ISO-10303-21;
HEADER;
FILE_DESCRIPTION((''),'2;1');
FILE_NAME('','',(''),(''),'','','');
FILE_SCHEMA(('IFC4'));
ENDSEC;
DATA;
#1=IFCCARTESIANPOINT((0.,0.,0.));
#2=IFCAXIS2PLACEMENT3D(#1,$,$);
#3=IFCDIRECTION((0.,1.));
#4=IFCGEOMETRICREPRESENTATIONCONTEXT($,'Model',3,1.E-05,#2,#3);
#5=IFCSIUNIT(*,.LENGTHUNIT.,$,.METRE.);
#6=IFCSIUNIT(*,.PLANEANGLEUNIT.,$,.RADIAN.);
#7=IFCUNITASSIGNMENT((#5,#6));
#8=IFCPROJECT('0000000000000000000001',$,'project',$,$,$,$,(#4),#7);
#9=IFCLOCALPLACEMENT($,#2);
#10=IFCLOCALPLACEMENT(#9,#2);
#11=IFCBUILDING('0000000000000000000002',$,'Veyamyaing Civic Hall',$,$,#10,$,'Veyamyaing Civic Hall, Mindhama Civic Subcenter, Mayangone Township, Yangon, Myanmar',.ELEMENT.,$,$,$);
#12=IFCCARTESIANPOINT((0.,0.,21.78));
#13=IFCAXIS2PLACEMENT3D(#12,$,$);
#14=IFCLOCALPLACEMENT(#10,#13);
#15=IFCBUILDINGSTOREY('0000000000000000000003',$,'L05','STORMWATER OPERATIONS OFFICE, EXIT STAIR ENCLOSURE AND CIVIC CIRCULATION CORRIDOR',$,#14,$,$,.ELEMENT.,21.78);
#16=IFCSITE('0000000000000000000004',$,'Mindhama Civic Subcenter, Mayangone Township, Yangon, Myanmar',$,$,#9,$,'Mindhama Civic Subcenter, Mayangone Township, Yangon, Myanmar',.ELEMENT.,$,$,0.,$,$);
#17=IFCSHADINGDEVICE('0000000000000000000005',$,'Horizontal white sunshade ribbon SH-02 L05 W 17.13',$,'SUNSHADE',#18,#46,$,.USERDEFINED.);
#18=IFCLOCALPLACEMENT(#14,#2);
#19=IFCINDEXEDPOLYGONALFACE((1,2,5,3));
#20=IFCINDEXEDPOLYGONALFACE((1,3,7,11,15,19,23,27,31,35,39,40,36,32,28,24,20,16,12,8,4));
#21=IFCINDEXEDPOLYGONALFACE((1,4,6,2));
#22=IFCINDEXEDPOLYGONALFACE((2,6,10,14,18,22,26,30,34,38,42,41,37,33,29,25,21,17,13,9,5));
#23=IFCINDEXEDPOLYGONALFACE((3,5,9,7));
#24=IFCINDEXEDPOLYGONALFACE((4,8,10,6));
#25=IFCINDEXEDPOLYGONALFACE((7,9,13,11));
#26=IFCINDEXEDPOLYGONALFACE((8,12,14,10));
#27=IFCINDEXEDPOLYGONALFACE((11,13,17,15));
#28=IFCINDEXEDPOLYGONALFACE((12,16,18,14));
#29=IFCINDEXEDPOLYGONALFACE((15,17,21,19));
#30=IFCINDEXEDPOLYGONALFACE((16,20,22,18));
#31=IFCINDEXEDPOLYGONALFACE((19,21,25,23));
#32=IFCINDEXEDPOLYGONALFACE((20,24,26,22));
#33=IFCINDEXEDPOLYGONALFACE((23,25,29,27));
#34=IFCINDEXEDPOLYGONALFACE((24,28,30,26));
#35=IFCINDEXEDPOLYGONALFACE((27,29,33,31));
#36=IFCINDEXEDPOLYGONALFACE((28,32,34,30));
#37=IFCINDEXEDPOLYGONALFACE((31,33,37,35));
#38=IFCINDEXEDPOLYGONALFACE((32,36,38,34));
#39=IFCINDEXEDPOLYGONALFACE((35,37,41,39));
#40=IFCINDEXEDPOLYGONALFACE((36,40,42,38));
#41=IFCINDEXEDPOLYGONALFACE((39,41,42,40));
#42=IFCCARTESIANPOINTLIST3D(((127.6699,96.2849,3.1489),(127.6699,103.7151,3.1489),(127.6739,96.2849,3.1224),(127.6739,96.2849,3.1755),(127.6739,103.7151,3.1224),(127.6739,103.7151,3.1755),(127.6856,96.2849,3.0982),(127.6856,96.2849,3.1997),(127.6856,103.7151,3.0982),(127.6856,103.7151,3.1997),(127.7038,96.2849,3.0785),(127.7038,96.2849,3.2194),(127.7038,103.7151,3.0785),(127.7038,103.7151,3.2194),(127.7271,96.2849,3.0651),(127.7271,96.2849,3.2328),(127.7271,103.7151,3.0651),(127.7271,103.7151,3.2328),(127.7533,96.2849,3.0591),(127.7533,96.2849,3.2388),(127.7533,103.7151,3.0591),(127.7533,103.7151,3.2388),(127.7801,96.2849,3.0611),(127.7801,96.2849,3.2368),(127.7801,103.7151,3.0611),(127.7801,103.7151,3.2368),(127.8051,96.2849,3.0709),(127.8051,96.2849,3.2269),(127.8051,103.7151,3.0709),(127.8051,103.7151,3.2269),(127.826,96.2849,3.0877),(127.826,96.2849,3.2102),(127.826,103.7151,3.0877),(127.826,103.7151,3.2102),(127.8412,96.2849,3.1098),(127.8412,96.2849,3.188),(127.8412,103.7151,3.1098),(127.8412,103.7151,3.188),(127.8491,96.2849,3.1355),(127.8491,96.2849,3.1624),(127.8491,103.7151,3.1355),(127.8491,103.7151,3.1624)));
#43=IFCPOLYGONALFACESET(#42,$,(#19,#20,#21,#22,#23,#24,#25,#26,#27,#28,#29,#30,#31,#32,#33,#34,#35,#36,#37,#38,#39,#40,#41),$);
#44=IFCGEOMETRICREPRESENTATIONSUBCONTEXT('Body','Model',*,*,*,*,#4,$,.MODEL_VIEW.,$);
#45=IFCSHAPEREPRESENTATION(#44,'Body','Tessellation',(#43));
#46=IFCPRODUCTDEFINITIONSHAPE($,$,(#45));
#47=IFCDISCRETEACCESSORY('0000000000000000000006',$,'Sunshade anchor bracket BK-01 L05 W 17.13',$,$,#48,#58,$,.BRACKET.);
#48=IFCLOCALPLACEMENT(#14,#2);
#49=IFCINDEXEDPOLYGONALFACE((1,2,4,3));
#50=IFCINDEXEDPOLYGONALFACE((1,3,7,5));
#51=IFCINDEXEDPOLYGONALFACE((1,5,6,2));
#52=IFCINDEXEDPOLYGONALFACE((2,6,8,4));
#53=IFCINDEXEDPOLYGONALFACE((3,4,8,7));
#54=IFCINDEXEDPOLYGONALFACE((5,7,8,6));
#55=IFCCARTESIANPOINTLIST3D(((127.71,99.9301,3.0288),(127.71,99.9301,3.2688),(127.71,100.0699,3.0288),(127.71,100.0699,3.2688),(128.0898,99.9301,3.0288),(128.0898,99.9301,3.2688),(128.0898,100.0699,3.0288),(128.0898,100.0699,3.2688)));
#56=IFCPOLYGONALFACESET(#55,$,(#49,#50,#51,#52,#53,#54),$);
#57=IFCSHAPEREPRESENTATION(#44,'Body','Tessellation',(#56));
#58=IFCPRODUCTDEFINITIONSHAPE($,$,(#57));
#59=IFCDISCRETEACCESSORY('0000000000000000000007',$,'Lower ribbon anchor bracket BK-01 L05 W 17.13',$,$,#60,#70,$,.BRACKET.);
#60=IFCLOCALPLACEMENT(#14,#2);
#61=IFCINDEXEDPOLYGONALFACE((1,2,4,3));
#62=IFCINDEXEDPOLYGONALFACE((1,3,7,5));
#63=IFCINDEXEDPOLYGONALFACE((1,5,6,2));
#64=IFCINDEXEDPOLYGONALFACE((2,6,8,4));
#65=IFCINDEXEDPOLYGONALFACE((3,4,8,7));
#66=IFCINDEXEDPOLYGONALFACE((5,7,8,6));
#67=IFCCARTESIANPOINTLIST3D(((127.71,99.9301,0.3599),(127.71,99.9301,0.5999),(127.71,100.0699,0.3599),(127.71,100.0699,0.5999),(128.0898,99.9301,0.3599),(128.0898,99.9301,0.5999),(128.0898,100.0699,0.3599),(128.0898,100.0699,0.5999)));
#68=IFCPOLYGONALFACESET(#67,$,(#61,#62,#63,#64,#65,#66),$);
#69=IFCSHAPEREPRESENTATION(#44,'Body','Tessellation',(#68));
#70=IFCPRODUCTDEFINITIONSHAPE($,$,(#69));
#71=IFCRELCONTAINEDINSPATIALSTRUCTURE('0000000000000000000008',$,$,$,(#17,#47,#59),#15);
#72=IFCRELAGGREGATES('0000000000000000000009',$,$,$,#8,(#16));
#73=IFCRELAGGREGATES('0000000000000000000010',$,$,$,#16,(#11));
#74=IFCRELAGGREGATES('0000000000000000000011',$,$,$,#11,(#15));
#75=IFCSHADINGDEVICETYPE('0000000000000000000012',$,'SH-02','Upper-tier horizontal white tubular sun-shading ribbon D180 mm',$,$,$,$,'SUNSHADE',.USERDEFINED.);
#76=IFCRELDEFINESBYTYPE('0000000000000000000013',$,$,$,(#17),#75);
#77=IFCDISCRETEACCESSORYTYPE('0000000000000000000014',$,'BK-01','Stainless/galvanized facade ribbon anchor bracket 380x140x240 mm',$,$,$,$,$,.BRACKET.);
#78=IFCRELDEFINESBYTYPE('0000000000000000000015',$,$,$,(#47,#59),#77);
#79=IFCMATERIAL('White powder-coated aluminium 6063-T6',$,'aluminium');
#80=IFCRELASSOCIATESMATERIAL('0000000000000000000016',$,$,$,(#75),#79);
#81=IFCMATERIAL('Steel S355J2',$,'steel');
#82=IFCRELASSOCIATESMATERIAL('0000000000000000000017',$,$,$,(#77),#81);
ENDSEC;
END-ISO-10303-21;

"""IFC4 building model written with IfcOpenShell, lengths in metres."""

from ifc_helpers import new_model, si_unit, direction, frame, origin, origin_2d, place, context, subcontext, project, spatial, rectangle, circle, extrude, material, material_profile, profile_set, type_object, element, save


model = new_model("IFC4")

# Units and contexts
model_context = context("Model", 3, precision=1e-05, world=origin(), true_north=direction((0.0, 1.0)))
body_context = subcontext(model_context, "Body", "Model", "MODEL_VIEW")
ifc_project = project(units=[si_unit("LENGTHUNIT", "METRE"), si_unit("PLANEANGLEUNIT", "RADIAN")], contexts=[model_context])

# Site, building, storey
site_placement = place(None, origin())
site = spatial("IfcSite", under=ifc_project, at=site_placement, Name="Mindhama Civic Subcenter, Mayangone Township, Yangon, Myanmar", LongName="Mindhama Civic Subcenter, Mayangone Township, Yangon, Myanmar", CompositionType="ELEMENT", RefElevation=0.0)
building_placement = place(site_placement, origin())
building = spatial("IfcBuilding", under=site, at=building_placement, Name="Veyamyaing Civic Hall", LongName="Veyamyaing Civic Hall, Mindhama Civic Subcenter, Mayangone Township, Yangon, Myanmar", CompositionType="ELEMENT")
storey_placement = place(building_placement, frame((0.0, 0.0, 21.78)))
storey = spatial("IfcBuildingStorey", under=building, at=storey_placement, Name="L05", Description="STORMWATER OPERATIONS OFFICE, EXIT STAIR ENCLOSURE AND CIVIC CIRCULATION CORRIDOR", CompositionType="ELEMENT", Elevation=21.78)

# Shared definitions
ifc_material_1 = material(Name="White powder-coated aluminium 6063-T6", Category="aluminium")

# Shading device
ifc_material_profile_1 = material_profile(ifc_material_1, circle(Radius=0.0901, at=origin_2d()), Name="SHADE-TUBE-180")
ifc_profile_set_1 = profile_set([ifc_material_profile_1], Name="White powder-coated aluminium 6063-T6")
shading_device_type = type_object("IfcShadingDeviceType", Name="SH-02", Description="Upper-tier horizontal white tubular sun-shading ribbon D180 mm", ElementType="SUNSHADE", PredefinedType="USERDEFINED", material=ifc_profile_set_1)
shading_device_placement = place(storey_placement, frame((127.76, 96.2849, 3.1489), z_axis=(0.0, 1.0, 0.0), x_axis=(-1.0, 0.0, 0.0)))
element("IfcShadingDevice", 1, at=shading_device_placement, inside=storey, type_object=shading_device_type, Name="Horizontal white sunshade ribbon SH-02 L05 W 17.13", ObjectType="SUNSHADE", PredefinedType="USERDEFINED", context=body_context, shape_type="SweptSolid", body=[
    extrude(circle(Radius=0.0901, at=origin_2d()), origin(), (0.0, 0.0, 1.0), 7.4302),
])

# Discrete accessories
ifc_material_2 = material(Name="Steel S355J2", Category="steel")
discrete_accessory_type = type_object("IfcDiscreteAccessoryType", Name="BK-01", Description="Stainless/galvanized facade ribbon anchor bracket 380x140x240 mm", PredefinedType="BRACKET", material=ifc_material_2)
for number, where, z_axis, x_axis, name in (
    (2, (127.8999, 100.0, 3.0288), (0.0, 0.0, 1.0), (-1.0, 0.0, 0.0), "Sunshade anchor bracket BK-01 L05 W 17.13"),
    (3, (127.8999, 100.0, 0.3599), (0.0, 0.0, 1.0), (-1.0, 0.0, 0.0), "Lower ribbon anchor bracket BK-01 L05 W 17.13"),
):
    element("IfcDiscreteAccessory", number, at=place(storey_placement, frame(where, z_axis=z_axis, x_axis=x_axis)), inside=storey, type_object=discrete_accessory_type, Name=name, PredefinedType="BRACKET", context=body_context, shape_type="SweptSolid", body=[
        extrude(rectangle(XDim=0.3799, YDim=0.1399, at=origin_2d()), origin(), (0.0, 0.0, 1.0), 0.24),
    ])

save(model, "model.ifc")
